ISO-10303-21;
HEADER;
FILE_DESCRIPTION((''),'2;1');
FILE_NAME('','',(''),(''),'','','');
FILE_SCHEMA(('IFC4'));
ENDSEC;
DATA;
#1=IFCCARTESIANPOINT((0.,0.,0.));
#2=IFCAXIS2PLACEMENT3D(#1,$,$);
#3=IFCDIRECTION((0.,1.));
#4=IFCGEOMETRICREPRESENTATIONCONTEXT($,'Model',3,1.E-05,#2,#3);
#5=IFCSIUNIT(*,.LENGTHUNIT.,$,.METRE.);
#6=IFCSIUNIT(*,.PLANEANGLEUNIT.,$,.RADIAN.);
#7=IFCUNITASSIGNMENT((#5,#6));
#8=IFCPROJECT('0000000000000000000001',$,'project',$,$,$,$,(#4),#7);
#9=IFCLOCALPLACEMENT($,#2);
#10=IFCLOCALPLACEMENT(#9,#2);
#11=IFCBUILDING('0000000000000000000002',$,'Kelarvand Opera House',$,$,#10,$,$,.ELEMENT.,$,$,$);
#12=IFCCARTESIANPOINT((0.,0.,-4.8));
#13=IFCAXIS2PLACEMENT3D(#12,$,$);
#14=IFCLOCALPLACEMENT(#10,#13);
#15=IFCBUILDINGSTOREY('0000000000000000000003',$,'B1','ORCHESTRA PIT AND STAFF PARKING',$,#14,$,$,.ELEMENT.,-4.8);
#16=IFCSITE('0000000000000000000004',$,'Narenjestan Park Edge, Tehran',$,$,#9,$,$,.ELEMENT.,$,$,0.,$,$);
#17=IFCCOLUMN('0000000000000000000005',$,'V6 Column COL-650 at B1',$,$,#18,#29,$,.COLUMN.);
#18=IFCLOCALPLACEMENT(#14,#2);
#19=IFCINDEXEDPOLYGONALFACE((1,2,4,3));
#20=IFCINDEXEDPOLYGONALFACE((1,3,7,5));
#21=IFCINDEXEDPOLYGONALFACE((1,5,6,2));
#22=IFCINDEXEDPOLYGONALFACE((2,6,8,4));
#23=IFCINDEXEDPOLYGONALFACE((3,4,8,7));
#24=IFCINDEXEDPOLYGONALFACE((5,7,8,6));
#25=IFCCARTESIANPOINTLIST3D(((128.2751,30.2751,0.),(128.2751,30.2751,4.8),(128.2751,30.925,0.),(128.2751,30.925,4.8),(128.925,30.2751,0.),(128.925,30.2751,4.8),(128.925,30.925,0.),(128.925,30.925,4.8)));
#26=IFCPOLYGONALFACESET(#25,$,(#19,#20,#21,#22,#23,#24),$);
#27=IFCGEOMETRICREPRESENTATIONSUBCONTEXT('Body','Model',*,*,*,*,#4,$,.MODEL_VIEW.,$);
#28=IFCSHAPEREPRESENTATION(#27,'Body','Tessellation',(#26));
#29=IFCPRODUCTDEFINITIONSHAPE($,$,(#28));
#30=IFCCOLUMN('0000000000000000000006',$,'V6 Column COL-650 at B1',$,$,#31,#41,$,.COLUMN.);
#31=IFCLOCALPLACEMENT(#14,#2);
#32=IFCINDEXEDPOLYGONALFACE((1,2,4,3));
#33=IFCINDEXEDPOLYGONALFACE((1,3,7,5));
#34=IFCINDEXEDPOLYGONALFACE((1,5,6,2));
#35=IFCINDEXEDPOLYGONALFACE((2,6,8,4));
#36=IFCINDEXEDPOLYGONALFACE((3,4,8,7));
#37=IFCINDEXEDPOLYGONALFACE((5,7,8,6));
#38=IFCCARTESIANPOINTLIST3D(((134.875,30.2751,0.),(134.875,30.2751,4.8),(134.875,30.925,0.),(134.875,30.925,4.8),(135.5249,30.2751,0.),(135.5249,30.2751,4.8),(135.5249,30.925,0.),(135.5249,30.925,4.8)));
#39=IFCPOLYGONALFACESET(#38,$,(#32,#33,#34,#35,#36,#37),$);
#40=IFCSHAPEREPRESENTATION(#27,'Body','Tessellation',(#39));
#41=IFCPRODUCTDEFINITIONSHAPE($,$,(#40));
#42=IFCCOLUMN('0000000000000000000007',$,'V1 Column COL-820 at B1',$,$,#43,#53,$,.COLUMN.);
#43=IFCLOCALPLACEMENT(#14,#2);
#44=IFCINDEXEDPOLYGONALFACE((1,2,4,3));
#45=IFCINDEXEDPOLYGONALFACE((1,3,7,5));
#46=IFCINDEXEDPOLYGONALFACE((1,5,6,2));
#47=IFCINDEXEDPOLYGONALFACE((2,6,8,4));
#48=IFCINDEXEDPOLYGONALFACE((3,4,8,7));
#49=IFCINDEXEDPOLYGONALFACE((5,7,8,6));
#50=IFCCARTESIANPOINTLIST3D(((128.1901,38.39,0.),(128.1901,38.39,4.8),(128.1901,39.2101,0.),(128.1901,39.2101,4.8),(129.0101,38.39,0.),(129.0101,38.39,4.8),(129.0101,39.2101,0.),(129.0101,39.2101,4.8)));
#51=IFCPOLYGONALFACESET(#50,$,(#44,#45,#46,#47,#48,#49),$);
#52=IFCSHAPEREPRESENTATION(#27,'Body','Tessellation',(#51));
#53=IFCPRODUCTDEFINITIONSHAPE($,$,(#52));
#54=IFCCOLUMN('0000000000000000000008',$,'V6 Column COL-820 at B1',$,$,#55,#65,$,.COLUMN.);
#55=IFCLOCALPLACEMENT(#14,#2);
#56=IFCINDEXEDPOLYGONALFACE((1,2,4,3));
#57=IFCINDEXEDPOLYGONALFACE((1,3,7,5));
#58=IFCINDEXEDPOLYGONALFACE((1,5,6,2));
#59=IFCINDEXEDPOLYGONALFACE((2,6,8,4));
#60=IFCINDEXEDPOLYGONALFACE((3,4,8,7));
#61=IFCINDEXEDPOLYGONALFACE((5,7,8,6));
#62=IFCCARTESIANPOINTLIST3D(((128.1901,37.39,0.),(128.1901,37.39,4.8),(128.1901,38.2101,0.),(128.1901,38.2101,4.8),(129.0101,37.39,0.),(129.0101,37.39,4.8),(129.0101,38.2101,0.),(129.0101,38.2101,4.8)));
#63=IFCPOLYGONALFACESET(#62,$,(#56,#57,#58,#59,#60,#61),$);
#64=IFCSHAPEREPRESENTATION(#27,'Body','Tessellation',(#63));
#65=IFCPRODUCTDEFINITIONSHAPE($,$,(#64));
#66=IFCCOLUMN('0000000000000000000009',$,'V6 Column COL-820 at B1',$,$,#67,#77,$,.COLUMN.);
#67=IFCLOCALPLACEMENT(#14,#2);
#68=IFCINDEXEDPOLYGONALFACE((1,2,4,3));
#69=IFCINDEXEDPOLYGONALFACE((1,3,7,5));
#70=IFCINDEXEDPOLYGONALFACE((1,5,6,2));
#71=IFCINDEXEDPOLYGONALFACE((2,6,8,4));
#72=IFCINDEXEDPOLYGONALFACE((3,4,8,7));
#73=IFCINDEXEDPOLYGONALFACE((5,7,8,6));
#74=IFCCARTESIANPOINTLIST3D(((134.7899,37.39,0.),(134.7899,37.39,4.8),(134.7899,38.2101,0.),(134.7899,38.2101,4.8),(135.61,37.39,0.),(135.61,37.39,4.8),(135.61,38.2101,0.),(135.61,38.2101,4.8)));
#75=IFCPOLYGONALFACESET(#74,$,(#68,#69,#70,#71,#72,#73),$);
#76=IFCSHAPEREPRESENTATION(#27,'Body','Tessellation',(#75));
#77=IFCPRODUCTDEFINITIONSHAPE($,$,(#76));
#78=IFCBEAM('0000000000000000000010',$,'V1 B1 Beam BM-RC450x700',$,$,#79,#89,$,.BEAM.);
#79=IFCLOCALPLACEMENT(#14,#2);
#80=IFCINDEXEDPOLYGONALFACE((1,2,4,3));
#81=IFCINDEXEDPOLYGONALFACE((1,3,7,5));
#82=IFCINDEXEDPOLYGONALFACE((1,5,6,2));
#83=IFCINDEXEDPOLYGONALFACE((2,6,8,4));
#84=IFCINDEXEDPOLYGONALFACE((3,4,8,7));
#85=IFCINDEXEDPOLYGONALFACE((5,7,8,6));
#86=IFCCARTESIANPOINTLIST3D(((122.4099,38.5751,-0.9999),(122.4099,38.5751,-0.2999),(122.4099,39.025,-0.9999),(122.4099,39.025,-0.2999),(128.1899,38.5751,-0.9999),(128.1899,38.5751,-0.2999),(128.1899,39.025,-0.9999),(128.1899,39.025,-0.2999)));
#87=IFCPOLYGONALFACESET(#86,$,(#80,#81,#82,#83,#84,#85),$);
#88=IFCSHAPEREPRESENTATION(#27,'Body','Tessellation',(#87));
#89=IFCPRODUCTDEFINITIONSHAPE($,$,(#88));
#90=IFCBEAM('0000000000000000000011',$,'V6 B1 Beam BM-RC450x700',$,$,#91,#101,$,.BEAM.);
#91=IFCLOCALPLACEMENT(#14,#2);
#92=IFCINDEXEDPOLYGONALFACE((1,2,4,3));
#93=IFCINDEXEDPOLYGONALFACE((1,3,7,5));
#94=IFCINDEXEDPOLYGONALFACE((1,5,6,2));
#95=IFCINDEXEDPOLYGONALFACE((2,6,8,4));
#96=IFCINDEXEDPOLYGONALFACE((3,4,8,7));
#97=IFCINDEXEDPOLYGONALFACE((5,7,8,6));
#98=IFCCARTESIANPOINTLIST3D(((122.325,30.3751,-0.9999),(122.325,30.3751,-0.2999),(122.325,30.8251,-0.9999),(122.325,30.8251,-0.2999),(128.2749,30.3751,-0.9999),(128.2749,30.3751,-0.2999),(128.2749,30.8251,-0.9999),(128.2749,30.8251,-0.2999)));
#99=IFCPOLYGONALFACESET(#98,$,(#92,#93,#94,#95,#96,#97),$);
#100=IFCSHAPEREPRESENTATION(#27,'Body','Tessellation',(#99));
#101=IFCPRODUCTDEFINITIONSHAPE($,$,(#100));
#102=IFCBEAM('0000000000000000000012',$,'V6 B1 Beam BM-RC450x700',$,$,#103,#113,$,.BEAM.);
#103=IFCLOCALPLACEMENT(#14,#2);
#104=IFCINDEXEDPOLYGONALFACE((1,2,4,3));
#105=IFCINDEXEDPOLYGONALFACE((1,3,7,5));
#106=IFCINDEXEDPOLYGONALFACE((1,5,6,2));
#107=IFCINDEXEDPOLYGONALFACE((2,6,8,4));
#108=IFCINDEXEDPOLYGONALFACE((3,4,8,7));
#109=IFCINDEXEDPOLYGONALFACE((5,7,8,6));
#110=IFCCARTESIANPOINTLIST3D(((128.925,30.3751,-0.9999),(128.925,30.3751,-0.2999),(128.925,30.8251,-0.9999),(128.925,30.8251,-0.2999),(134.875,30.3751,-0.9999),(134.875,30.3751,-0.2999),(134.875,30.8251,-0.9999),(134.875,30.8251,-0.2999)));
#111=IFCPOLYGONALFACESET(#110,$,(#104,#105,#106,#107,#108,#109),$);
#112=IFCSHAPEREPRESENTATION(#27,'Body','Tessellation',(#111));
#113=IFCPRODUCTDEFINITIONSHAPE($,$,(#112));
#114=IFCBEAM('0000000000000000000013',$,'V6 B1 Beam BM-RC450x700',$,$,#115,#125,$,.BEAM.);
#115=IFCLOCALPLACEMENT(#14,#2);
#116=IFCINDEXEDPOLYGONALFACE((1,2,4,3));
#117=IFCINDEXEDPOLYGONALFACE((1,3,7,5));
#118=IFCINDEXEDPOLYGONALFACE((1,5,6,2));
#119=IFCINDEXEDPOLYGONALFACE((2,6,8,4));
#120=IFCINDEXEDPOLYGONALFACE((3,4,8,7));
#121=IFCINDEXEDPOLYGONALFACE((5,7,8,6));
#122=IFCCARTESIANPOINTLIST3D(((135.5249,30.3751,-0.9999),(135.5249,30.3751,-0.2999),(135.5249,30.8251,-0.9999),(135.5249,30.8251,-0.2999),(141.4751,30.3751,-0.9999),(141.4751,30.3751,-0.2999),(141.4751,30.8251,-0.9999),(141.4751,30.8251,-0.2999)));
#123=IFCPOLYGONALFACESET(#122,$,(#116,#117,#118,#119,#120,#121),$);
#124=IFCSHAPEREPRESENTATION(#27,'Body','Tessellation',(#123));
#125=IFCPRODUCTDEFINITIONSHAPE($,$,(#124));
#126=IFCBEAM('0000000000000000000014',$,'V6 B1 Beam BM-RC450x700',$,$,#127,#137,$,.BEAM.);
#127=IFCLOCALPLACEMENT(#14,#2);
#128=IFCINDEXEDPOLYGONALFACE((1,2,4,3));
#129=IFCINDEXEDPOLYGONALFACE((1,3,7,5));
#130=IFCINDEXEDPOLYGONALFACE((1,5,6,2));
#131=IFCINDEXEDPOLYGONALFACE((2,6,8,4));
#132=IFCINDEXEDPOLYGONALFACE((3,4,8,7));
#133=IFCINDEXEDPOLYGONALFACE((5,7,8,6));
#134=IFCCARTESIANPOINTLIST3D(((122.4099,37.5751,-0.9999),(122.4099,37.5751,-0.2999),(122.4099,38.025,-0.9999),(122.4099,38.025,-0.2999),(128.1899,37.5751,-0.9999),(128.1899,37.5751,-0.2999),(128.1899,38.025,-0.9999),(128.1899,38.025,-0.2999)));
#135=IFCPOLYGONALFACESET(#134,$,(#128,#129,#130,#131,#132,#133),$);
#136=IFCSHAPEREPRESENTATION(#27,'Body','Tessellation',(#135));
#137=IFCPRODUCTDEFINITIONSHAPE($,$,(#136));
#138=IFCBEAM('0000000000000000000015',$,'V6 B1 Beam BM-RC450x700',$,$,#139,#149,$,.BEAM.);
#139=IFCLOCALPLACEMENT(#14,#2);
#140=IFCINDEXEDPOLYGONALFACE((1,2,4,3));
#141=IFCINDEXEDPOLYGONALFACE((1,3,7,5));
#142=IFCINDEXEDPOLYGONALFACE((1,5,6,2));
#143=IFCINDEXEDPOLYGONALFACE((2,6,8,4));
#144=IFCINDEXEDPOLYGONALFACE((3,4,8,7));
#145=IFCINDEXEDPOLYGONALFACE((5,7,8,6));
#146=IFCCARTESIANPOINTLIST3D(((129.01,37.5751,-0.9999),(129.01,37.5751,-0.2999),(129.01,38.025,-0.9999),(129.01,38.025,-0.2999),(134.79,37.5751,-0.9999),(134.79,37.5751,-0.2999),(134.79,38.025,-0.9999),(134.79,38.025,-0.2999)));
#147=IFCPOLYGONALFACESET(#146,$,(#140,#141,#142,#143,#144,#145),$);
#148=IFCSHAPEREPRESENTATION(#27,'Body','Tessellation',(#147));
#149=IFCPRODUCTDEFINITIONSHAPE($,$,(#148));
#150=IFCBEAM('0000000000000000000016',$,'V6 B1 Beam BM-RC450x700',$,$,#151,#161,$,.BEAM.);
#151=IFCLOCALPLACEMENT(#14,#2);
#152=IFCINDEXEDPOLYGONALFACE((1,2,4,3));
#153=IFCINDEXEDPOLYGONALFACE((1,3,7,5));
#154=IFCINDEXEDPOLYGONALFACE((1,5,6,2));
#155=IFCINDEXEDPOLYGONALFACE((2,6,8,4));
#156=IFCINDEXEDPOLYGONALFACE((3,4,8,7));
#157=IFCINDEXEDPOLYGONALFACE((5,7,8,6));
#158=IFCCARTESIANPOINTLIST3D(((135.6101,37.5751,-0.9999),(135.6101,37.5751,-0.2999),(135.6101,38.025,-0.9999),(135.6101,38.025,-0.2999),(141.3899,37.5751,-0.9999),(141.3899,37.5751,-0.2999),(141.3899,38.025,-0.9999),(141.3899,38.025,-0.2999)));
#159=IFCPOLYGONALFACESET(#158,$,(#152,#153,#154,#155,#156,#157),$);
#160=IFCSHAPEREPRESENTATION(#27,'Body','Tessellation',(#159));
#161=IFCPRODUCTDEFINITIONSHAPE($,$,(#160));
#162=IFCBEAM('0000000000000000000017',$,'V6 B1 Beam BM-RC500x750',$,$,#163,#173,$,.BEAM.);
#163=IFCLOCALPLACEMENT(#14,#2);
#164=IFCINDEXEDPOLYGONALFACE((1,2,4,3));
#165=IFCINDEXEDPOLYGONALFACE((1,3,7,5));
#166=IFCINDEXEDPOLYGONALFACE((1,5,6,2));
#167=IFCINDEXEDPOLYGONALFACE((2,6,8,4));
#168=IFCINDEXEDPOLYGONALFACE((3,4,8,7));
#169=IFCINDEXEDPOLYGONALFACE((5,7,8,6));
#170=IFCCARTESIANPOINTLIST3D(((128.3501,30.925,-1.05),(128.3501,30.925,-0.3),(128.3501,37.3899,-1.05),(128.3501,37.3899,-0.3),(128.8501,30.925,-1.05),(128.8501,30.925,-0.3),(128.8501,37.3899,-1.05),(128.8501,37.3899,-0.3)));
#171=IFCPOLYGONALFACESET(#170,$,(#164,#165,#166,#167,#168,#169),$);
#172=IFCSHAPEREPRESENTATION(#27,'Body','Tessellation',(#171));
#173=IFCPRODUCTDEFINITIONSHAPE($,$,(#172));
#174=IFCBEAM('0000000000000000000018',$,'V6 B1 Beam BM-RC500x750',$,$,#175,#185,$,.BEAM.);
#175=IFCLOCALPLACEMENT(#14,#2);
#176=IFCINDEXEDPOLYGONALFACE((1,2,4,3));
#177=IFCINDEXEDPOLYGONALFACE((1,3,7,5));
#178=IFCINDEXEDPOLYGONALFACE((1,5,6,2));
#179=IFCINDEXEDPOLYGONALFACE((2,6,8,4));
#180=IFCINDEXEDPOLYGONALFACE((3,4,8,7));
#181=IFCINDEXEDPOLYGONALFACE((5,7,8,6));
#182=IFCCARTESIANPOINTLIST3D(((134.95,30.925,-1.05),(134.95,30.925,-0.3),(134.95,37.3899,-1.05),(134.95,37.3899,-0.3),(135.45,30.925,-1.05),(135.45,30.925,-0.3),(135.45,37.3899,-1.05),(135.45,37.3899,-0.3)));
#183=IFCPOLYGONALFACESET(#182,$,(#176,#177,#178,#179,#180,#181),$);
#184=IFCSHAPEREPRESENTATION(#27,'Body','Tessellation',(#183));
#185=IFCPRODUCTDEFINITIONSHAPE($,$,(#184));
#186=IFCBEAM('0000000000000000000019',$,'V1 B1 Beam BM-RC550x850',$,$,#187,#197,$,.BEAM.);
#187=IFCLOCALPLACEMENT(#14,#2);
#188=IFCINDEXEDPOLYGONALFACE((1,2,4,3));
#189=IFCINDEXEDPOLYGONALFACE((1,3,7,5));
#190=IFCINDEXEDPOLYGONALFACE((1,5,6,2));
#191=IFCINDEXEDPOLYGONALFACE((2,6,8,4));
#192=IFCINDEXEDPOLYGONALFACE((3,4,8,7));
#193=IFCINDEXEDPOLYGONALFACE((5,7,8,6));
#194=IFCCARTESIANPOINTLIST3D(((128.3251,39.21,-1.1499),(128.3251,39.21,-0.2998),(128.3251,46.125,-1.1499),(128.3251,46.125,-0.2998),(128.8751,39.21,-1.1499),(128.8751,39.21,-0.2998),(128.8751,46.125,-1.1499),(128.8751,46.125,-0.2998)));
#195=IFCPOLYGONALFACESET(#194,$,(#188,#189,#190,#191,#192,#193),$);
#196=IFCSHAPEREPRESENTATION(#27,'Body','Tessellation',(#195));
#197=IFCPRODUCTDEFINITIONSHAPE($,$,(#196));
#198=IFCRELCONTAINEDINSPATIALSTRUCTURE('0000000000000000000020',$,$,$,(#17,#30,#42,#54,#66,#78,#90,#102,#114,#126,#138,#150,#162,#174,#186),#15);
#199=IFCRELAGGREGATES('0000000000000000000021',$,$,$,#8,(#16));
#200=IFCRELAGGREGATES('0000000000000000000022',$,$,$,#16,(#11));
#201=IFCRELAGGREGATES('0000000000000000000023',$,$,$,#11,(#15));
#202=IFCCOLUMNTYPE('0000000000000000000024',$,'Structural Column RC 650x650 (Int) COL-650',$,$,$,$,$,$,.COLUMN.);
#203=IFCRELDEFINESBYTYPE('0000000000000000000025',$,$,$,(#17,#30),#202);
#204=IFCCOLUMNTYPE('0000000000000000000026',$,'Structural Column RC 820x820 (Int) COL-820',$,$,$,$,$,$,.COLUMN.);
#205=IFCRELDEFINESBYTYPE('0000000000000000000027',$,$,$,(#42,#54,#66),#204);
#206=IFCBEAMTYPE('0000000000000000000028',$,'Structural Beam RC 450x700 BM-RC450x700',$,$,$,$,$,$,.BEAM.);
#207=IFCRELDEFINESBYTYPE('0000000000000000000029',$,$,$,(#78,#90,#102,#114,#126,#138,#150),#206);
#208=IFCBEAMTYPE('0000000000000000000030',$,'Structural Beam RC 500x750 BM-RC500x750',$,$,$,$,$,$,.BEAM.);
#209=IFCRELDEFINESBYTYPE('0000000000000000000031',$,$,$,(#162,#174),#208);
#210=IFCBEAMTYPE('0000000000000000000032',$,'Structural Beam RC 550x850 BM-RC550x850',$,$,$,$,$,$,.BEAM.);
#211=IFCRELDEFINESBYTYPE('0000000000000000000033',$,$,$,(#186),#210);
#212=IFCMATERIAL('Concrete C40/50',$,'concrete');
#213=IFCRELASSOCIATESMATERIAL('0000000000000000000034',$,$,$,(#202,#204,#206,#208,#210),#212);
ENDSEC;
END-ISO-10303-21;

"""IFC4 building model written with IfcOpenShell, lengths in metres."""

from ifc_helpers import new_model, si_unit, direction, frame, origin, origin_2d, place, context, subcontext, project, spatial, rectangle, extrude, material, material_profile, profile_set, type_object, element, save


model = new_model("IFC4")

# Units and contexts
model_context = context("Model", 3, precision=1e-05, world=origin(), true_north=direction((0.0, 1.0)))
body_context = subcontext(model_context, "Body", "Model", "MODEL_VIEW")
ifc_project = project(units=[si_unit("LENGTHUNIT", "METRE"), si_unit("PLANEANGLEUNIT", "RADIAN")], contexts=[model_context])

# Site, building, storey
site_placement = place(None, origin())
site = spatial("IfcSite", under=ifc_project, at=site_placement, Name="Narenjestan Park Edge, Tehran", CompositionType="ELEMENT", RefElevation=0.0)
building_placement = place(site_placement, origin())
building = spatial("IfcBuilding", under=site, at=building_placement, Name="Kelarvand Opera House", CompositionType="ELEMENT")
storey_placement = place(building_placement, frame((0.0, 0.0, -4.8)))
storey = spatial("IfcBuildingStorey", under=building, at=storey_placement, Name="B1", Description="ORCHESTRA PIT AND STAFF PARKING", CompositionType="ELEMENT", Elevation=-4.8)

# Columns
ifc_material_1 = material(Name="Concrete C40/50", Category="concrete")
ifc_material_profile_1 = material_profile(ifc_material_1, rectangle(XDim=0.6499, YDim=0.6499, at=origin_2d()), Name="RC 650x650", Category="concrete")
ifc_profile_set_1 = profile_set([ifc_material_profile_1], Name="Concrete C40/50")
column_type_1 = type_object("IfcColumnType", Name="Structural Column RC 650x650 (Int) COL-650", PredefinedType="COLUMN", material=ifc_profile_set_1)
for number, where, z_axis, x_axis, name in (
    (1, (128.6001, 30.6001, 0.0), (0.0, 0.0, 1.0), (1.0, 0.0, 0.0), "V6 Column COL-650 at B1"),
    (2, (135.2, 30.6001, 0.0), (0.0, 0.0, 1.0), (1.0, 0.0, 0.0), "V6 Column COL-650 at B1"),
):
    element("IfcColumn", number, at=place(storey_placement, frame(where, z_axis=z_axis, x_axis=x_axis)), inside=storey, type_object=column_type_1, Name=name, PredefinedType="COLUMN", context=body_context, shape_type="SweptSolid", body=[
        extrude(rectangle(XDim=0.6499, YDim=0.6499, at=origin_2d()), origin(), (0.0, 0.0, 1.0), 4.8),
    ])
ifc_material_profile_2 = material_profile(ifc_material_1, rectangle(XDim=0.8201, YDim=0.8201, at=origin_2d()), Name="RC 820x820", Category="concrete")
ifc_profile_set_2 = profile_set([ifc_material_profile_2], Name="Concrete C40/50")
column_type_2 = type_object("IfcColumnType", Name="Structural Column RC 820x820 (Int) COL-820", PredefinedType="COLUMN", material=ifc_profile_set_2)
for number, where, z_axis, x_axis, name in (
    (3, (128.6001, 38.8, 0.0), (0.0, 0.0, 1.0), (1.0, 0.0, 0.0), "V1 Column COL-820 at B1"),
    (4, (128.6001, 37.8, 0.0), (0.0, 0.0, 1.0), (1.0, 0.0, 0.0), "V6 Column COL-820 at B1"),
    (5, (135.2, 37.8, 0.0), (0.0, 0.0, 1.0), (1.0, 0.0, 0.0), "V6 Column COL-820 at B1"),
):
    element("IfcColumn", number, at=place(storey_placement, frame(where, z_axis=z_axis, x_axis=x_axis)), inside=storey, type_object=column_type_2, Name=name, PredefinedType="COLUMN", context=body_context, shape_type="SweptSolid", body=[
        extrude(rectangle(XDim=0.8201, YDim=0.8201, at=origin_2d()), origin(), (0.0, 0.0, 1.0), 4.8),
    ])

# Beams
ifc_material_profile_3 = material_profile(ifc_material_1, rectangle(XDim=0.45, YDim=0.7, at=origin_2d()), Name="RC 450x700", Category="concrete")
ifc_profile_set_3 = profile_set([ifc_material_profile_3], Name="Concrete C40/50")
beam_type_1 = type_object("IfcBeamType", Name="Structural Beam RC 450x700 BM-RC450x700", PredefinedType="BEAM", material=ifc_profile_set_3)
beam_1_placement = place(storey_placement, frame((122.4099, 38.8, -0.6499), z_axis=(1.0, 0.0, 0.0), x_axis=(0.0, 1.0, 0.0)))
element("IfcBeam", 6, at=beam_1_placement, inside=storey, type_object=beam_type_1, Name="V1 B1 Beam BM-RC450x700", PredefinedType="BEAM", context=body_context, shape_type="SweptSolid", body=[
    extrude(rectangle(XDim=0.45, YDim=0.7, at=origin_2d()), origin(), (0.0, 0.0, 1.0), 5.78),
])
for number, where, z_axis, x_axis, name in (
    (7, (122.325, 30.6001, -0.6499), (1.0, 0.0, 0.0), (0.0, 1.0, 0.0), "V6 B1 Beam BM-RC450x700"),
    (8, (128.925, 30.6001, -0.6499), (1.0, 0.0, 0.0), (0.0, 1.0, 0.0), "V6 B1 Beam BM-RC450x700"),
):
    element("IfcBeam", number, at=place(storey_placement, frame(where, z_axis=z_axis, x_axis=x_axis)), inside=storey, type_object=beam_type_1, Name=name, PredefinedType="BEAM", context=body_context, shape_type="SweptSolid", body=[
        extrude(rectangle(XDim=0.45, YDim=0.7, at=origin_2d()), origin(), (0.0, 0.0, 1.0), 5.95),
    ])
beam_2_placement = place(storey_placement, frame((135.5249, 30.6001, -0.6499), z_axis=(1.0, 0.0, 0.0), x_axis=(0.0, 1.0, 0.0)))
element("IfcBeam", 9, at=beam_2_placement, inside=storey, type_object=beam_type_1, Name="V6 B1 Beam BM-RC450x700", PredefinedType="BEAM", context=body_context, shape_type="SweptSolid", body=[
    extrude(rectangle(XDim=0.45, YDim=0.7, at=origin_2d()), origin(), (0.0, 0.0, 1.0), 5.9502),
])
for number, where, z_axis, x_axis, name in (
    (10, (122.4099, 37.8, -0.6499), (1.0, 0.0, 0.0), (0.0, 1.0, 0.0), "V6 B1 Beam BM-RC450x700"),
    (11, (129.01, 37.8, -0.6499), (1.0, 0.0, 0.0), (0.0, 1.0, 0.0), "V6 B1 Beam BM-RC450x700"),
):
    element("IfcBeam", number, at=place(storey_placement, frame(where, z_axis=z_axis, x_axis=x_axis)), inside=storey, type_object=beam_type_1, Name=name, PredefinedType="BEAM", context=body_context, shape_type="SweptSolid", body=[
        extrude(rectangle(XDim=0.45, YDim=0.7, at=origin_2d()), origin(), (0.0, 0.0, 1.0), 5.78),
    ])
beam_3_placement = place(storey_placement, frame((135.6101, 37.8, -0.6499), z_axis=(1.0, 0.0, 0.0), x_axis=(0.0, 1.0, 0.0)))
element("IfcBeam", 12, at=beam_3_placement, inside=storey, type_object=beam_type_1, Name="V6 B1 Beam BM-RC450x700", PredefinedType="BEAM", context=body_context, shape_type="SweptSolid", body=[
    extrude(rectangle(XDim=0.45, YDim=0.7, at=origin_2d()), origin(), (0.0, 0.0, 1.0), 5.7798),
])
ifc_material_profile_4 = material_profile(ifc_material_1, rectangle(XDim=0.5, YDim=0.75, at=origin_2d()), Name="RC 500x750", Category="concrete")
ifc_profile_set_4 = profile_set([ifc_material_profile_4], Name="Concrete C40/50")
beam_type_2 = type_object("IfcBeamType", Name="Structural Beam RC 500x750 BM-RC500x750", PredefinedType="BEAM", material=ifc_profile_set_4)
for number, where, z_axis, x_axis, name in (
    (13, (128.6001, 30.925, -0.675), (0.0, 1.0, 0.0), (-1.0, 0.0, 0.0), "V6 B1 Beam BM-RC500x750"),
    (14, (135.2, 30.925, -0.675), (0.0, 1.0, 0.0), (-1.0, 0.0, 0.0), "V6 B1 Beam BM-RC500x750"),
):
    element("IfcBeam", number, at=place(storey_placement, frame(where, z_axis=z_axis, x_axis=x_axis)), inside=storey, type_object=beam_type_2, Name=name, PredefinedType="BEAM", context=body_context, shape_type="SweptSolid", body=[
        extrude(rectangle(XDim=0.5, YDim=0.75, at=origin_2d()), origin(), (0.0, 0.0, 1.0), 6.4648),
    ])
ifc_material_profile_5 = material_profile(ifc_material_1, rectangle(XDim=0.55, YDim=0.8501, at=origin_2d()), Name="RC 550x850", Category="concrete")
ifc_profile_set_5 = profile_set([ifc_material_profile_5], Name="Concrete C40/50")
beam_type_3 = type_object("IfcBeamType", Name="Structural Beam RC 550x850 BM-RC550x850", PredefinedType="BEAM", material=ifc_profile_set_5)
beam_4_placement = place(storey_placement, frame((128.6001, 39.21, -0.7249), z_axis=(0.0, 1.0, 0.0), x_axis=(-1.0, 0.0, 0.0)))
element("IfcBeam", 15, at=beam_4_placement, inside=storey, type_object=beam_type_3, Name="V1 B1 Beam BM-RC550x850", PredefinedType="BEAM", context=body_context, shape_type="SweptSolid", body=[
    extrude(rectangle(XDim=0.55, YDim=0.8501, at=origin_2d()), origin(), (0.0, 0.0, 1.0), 6.915),
])

save(model, "model.ifc")
